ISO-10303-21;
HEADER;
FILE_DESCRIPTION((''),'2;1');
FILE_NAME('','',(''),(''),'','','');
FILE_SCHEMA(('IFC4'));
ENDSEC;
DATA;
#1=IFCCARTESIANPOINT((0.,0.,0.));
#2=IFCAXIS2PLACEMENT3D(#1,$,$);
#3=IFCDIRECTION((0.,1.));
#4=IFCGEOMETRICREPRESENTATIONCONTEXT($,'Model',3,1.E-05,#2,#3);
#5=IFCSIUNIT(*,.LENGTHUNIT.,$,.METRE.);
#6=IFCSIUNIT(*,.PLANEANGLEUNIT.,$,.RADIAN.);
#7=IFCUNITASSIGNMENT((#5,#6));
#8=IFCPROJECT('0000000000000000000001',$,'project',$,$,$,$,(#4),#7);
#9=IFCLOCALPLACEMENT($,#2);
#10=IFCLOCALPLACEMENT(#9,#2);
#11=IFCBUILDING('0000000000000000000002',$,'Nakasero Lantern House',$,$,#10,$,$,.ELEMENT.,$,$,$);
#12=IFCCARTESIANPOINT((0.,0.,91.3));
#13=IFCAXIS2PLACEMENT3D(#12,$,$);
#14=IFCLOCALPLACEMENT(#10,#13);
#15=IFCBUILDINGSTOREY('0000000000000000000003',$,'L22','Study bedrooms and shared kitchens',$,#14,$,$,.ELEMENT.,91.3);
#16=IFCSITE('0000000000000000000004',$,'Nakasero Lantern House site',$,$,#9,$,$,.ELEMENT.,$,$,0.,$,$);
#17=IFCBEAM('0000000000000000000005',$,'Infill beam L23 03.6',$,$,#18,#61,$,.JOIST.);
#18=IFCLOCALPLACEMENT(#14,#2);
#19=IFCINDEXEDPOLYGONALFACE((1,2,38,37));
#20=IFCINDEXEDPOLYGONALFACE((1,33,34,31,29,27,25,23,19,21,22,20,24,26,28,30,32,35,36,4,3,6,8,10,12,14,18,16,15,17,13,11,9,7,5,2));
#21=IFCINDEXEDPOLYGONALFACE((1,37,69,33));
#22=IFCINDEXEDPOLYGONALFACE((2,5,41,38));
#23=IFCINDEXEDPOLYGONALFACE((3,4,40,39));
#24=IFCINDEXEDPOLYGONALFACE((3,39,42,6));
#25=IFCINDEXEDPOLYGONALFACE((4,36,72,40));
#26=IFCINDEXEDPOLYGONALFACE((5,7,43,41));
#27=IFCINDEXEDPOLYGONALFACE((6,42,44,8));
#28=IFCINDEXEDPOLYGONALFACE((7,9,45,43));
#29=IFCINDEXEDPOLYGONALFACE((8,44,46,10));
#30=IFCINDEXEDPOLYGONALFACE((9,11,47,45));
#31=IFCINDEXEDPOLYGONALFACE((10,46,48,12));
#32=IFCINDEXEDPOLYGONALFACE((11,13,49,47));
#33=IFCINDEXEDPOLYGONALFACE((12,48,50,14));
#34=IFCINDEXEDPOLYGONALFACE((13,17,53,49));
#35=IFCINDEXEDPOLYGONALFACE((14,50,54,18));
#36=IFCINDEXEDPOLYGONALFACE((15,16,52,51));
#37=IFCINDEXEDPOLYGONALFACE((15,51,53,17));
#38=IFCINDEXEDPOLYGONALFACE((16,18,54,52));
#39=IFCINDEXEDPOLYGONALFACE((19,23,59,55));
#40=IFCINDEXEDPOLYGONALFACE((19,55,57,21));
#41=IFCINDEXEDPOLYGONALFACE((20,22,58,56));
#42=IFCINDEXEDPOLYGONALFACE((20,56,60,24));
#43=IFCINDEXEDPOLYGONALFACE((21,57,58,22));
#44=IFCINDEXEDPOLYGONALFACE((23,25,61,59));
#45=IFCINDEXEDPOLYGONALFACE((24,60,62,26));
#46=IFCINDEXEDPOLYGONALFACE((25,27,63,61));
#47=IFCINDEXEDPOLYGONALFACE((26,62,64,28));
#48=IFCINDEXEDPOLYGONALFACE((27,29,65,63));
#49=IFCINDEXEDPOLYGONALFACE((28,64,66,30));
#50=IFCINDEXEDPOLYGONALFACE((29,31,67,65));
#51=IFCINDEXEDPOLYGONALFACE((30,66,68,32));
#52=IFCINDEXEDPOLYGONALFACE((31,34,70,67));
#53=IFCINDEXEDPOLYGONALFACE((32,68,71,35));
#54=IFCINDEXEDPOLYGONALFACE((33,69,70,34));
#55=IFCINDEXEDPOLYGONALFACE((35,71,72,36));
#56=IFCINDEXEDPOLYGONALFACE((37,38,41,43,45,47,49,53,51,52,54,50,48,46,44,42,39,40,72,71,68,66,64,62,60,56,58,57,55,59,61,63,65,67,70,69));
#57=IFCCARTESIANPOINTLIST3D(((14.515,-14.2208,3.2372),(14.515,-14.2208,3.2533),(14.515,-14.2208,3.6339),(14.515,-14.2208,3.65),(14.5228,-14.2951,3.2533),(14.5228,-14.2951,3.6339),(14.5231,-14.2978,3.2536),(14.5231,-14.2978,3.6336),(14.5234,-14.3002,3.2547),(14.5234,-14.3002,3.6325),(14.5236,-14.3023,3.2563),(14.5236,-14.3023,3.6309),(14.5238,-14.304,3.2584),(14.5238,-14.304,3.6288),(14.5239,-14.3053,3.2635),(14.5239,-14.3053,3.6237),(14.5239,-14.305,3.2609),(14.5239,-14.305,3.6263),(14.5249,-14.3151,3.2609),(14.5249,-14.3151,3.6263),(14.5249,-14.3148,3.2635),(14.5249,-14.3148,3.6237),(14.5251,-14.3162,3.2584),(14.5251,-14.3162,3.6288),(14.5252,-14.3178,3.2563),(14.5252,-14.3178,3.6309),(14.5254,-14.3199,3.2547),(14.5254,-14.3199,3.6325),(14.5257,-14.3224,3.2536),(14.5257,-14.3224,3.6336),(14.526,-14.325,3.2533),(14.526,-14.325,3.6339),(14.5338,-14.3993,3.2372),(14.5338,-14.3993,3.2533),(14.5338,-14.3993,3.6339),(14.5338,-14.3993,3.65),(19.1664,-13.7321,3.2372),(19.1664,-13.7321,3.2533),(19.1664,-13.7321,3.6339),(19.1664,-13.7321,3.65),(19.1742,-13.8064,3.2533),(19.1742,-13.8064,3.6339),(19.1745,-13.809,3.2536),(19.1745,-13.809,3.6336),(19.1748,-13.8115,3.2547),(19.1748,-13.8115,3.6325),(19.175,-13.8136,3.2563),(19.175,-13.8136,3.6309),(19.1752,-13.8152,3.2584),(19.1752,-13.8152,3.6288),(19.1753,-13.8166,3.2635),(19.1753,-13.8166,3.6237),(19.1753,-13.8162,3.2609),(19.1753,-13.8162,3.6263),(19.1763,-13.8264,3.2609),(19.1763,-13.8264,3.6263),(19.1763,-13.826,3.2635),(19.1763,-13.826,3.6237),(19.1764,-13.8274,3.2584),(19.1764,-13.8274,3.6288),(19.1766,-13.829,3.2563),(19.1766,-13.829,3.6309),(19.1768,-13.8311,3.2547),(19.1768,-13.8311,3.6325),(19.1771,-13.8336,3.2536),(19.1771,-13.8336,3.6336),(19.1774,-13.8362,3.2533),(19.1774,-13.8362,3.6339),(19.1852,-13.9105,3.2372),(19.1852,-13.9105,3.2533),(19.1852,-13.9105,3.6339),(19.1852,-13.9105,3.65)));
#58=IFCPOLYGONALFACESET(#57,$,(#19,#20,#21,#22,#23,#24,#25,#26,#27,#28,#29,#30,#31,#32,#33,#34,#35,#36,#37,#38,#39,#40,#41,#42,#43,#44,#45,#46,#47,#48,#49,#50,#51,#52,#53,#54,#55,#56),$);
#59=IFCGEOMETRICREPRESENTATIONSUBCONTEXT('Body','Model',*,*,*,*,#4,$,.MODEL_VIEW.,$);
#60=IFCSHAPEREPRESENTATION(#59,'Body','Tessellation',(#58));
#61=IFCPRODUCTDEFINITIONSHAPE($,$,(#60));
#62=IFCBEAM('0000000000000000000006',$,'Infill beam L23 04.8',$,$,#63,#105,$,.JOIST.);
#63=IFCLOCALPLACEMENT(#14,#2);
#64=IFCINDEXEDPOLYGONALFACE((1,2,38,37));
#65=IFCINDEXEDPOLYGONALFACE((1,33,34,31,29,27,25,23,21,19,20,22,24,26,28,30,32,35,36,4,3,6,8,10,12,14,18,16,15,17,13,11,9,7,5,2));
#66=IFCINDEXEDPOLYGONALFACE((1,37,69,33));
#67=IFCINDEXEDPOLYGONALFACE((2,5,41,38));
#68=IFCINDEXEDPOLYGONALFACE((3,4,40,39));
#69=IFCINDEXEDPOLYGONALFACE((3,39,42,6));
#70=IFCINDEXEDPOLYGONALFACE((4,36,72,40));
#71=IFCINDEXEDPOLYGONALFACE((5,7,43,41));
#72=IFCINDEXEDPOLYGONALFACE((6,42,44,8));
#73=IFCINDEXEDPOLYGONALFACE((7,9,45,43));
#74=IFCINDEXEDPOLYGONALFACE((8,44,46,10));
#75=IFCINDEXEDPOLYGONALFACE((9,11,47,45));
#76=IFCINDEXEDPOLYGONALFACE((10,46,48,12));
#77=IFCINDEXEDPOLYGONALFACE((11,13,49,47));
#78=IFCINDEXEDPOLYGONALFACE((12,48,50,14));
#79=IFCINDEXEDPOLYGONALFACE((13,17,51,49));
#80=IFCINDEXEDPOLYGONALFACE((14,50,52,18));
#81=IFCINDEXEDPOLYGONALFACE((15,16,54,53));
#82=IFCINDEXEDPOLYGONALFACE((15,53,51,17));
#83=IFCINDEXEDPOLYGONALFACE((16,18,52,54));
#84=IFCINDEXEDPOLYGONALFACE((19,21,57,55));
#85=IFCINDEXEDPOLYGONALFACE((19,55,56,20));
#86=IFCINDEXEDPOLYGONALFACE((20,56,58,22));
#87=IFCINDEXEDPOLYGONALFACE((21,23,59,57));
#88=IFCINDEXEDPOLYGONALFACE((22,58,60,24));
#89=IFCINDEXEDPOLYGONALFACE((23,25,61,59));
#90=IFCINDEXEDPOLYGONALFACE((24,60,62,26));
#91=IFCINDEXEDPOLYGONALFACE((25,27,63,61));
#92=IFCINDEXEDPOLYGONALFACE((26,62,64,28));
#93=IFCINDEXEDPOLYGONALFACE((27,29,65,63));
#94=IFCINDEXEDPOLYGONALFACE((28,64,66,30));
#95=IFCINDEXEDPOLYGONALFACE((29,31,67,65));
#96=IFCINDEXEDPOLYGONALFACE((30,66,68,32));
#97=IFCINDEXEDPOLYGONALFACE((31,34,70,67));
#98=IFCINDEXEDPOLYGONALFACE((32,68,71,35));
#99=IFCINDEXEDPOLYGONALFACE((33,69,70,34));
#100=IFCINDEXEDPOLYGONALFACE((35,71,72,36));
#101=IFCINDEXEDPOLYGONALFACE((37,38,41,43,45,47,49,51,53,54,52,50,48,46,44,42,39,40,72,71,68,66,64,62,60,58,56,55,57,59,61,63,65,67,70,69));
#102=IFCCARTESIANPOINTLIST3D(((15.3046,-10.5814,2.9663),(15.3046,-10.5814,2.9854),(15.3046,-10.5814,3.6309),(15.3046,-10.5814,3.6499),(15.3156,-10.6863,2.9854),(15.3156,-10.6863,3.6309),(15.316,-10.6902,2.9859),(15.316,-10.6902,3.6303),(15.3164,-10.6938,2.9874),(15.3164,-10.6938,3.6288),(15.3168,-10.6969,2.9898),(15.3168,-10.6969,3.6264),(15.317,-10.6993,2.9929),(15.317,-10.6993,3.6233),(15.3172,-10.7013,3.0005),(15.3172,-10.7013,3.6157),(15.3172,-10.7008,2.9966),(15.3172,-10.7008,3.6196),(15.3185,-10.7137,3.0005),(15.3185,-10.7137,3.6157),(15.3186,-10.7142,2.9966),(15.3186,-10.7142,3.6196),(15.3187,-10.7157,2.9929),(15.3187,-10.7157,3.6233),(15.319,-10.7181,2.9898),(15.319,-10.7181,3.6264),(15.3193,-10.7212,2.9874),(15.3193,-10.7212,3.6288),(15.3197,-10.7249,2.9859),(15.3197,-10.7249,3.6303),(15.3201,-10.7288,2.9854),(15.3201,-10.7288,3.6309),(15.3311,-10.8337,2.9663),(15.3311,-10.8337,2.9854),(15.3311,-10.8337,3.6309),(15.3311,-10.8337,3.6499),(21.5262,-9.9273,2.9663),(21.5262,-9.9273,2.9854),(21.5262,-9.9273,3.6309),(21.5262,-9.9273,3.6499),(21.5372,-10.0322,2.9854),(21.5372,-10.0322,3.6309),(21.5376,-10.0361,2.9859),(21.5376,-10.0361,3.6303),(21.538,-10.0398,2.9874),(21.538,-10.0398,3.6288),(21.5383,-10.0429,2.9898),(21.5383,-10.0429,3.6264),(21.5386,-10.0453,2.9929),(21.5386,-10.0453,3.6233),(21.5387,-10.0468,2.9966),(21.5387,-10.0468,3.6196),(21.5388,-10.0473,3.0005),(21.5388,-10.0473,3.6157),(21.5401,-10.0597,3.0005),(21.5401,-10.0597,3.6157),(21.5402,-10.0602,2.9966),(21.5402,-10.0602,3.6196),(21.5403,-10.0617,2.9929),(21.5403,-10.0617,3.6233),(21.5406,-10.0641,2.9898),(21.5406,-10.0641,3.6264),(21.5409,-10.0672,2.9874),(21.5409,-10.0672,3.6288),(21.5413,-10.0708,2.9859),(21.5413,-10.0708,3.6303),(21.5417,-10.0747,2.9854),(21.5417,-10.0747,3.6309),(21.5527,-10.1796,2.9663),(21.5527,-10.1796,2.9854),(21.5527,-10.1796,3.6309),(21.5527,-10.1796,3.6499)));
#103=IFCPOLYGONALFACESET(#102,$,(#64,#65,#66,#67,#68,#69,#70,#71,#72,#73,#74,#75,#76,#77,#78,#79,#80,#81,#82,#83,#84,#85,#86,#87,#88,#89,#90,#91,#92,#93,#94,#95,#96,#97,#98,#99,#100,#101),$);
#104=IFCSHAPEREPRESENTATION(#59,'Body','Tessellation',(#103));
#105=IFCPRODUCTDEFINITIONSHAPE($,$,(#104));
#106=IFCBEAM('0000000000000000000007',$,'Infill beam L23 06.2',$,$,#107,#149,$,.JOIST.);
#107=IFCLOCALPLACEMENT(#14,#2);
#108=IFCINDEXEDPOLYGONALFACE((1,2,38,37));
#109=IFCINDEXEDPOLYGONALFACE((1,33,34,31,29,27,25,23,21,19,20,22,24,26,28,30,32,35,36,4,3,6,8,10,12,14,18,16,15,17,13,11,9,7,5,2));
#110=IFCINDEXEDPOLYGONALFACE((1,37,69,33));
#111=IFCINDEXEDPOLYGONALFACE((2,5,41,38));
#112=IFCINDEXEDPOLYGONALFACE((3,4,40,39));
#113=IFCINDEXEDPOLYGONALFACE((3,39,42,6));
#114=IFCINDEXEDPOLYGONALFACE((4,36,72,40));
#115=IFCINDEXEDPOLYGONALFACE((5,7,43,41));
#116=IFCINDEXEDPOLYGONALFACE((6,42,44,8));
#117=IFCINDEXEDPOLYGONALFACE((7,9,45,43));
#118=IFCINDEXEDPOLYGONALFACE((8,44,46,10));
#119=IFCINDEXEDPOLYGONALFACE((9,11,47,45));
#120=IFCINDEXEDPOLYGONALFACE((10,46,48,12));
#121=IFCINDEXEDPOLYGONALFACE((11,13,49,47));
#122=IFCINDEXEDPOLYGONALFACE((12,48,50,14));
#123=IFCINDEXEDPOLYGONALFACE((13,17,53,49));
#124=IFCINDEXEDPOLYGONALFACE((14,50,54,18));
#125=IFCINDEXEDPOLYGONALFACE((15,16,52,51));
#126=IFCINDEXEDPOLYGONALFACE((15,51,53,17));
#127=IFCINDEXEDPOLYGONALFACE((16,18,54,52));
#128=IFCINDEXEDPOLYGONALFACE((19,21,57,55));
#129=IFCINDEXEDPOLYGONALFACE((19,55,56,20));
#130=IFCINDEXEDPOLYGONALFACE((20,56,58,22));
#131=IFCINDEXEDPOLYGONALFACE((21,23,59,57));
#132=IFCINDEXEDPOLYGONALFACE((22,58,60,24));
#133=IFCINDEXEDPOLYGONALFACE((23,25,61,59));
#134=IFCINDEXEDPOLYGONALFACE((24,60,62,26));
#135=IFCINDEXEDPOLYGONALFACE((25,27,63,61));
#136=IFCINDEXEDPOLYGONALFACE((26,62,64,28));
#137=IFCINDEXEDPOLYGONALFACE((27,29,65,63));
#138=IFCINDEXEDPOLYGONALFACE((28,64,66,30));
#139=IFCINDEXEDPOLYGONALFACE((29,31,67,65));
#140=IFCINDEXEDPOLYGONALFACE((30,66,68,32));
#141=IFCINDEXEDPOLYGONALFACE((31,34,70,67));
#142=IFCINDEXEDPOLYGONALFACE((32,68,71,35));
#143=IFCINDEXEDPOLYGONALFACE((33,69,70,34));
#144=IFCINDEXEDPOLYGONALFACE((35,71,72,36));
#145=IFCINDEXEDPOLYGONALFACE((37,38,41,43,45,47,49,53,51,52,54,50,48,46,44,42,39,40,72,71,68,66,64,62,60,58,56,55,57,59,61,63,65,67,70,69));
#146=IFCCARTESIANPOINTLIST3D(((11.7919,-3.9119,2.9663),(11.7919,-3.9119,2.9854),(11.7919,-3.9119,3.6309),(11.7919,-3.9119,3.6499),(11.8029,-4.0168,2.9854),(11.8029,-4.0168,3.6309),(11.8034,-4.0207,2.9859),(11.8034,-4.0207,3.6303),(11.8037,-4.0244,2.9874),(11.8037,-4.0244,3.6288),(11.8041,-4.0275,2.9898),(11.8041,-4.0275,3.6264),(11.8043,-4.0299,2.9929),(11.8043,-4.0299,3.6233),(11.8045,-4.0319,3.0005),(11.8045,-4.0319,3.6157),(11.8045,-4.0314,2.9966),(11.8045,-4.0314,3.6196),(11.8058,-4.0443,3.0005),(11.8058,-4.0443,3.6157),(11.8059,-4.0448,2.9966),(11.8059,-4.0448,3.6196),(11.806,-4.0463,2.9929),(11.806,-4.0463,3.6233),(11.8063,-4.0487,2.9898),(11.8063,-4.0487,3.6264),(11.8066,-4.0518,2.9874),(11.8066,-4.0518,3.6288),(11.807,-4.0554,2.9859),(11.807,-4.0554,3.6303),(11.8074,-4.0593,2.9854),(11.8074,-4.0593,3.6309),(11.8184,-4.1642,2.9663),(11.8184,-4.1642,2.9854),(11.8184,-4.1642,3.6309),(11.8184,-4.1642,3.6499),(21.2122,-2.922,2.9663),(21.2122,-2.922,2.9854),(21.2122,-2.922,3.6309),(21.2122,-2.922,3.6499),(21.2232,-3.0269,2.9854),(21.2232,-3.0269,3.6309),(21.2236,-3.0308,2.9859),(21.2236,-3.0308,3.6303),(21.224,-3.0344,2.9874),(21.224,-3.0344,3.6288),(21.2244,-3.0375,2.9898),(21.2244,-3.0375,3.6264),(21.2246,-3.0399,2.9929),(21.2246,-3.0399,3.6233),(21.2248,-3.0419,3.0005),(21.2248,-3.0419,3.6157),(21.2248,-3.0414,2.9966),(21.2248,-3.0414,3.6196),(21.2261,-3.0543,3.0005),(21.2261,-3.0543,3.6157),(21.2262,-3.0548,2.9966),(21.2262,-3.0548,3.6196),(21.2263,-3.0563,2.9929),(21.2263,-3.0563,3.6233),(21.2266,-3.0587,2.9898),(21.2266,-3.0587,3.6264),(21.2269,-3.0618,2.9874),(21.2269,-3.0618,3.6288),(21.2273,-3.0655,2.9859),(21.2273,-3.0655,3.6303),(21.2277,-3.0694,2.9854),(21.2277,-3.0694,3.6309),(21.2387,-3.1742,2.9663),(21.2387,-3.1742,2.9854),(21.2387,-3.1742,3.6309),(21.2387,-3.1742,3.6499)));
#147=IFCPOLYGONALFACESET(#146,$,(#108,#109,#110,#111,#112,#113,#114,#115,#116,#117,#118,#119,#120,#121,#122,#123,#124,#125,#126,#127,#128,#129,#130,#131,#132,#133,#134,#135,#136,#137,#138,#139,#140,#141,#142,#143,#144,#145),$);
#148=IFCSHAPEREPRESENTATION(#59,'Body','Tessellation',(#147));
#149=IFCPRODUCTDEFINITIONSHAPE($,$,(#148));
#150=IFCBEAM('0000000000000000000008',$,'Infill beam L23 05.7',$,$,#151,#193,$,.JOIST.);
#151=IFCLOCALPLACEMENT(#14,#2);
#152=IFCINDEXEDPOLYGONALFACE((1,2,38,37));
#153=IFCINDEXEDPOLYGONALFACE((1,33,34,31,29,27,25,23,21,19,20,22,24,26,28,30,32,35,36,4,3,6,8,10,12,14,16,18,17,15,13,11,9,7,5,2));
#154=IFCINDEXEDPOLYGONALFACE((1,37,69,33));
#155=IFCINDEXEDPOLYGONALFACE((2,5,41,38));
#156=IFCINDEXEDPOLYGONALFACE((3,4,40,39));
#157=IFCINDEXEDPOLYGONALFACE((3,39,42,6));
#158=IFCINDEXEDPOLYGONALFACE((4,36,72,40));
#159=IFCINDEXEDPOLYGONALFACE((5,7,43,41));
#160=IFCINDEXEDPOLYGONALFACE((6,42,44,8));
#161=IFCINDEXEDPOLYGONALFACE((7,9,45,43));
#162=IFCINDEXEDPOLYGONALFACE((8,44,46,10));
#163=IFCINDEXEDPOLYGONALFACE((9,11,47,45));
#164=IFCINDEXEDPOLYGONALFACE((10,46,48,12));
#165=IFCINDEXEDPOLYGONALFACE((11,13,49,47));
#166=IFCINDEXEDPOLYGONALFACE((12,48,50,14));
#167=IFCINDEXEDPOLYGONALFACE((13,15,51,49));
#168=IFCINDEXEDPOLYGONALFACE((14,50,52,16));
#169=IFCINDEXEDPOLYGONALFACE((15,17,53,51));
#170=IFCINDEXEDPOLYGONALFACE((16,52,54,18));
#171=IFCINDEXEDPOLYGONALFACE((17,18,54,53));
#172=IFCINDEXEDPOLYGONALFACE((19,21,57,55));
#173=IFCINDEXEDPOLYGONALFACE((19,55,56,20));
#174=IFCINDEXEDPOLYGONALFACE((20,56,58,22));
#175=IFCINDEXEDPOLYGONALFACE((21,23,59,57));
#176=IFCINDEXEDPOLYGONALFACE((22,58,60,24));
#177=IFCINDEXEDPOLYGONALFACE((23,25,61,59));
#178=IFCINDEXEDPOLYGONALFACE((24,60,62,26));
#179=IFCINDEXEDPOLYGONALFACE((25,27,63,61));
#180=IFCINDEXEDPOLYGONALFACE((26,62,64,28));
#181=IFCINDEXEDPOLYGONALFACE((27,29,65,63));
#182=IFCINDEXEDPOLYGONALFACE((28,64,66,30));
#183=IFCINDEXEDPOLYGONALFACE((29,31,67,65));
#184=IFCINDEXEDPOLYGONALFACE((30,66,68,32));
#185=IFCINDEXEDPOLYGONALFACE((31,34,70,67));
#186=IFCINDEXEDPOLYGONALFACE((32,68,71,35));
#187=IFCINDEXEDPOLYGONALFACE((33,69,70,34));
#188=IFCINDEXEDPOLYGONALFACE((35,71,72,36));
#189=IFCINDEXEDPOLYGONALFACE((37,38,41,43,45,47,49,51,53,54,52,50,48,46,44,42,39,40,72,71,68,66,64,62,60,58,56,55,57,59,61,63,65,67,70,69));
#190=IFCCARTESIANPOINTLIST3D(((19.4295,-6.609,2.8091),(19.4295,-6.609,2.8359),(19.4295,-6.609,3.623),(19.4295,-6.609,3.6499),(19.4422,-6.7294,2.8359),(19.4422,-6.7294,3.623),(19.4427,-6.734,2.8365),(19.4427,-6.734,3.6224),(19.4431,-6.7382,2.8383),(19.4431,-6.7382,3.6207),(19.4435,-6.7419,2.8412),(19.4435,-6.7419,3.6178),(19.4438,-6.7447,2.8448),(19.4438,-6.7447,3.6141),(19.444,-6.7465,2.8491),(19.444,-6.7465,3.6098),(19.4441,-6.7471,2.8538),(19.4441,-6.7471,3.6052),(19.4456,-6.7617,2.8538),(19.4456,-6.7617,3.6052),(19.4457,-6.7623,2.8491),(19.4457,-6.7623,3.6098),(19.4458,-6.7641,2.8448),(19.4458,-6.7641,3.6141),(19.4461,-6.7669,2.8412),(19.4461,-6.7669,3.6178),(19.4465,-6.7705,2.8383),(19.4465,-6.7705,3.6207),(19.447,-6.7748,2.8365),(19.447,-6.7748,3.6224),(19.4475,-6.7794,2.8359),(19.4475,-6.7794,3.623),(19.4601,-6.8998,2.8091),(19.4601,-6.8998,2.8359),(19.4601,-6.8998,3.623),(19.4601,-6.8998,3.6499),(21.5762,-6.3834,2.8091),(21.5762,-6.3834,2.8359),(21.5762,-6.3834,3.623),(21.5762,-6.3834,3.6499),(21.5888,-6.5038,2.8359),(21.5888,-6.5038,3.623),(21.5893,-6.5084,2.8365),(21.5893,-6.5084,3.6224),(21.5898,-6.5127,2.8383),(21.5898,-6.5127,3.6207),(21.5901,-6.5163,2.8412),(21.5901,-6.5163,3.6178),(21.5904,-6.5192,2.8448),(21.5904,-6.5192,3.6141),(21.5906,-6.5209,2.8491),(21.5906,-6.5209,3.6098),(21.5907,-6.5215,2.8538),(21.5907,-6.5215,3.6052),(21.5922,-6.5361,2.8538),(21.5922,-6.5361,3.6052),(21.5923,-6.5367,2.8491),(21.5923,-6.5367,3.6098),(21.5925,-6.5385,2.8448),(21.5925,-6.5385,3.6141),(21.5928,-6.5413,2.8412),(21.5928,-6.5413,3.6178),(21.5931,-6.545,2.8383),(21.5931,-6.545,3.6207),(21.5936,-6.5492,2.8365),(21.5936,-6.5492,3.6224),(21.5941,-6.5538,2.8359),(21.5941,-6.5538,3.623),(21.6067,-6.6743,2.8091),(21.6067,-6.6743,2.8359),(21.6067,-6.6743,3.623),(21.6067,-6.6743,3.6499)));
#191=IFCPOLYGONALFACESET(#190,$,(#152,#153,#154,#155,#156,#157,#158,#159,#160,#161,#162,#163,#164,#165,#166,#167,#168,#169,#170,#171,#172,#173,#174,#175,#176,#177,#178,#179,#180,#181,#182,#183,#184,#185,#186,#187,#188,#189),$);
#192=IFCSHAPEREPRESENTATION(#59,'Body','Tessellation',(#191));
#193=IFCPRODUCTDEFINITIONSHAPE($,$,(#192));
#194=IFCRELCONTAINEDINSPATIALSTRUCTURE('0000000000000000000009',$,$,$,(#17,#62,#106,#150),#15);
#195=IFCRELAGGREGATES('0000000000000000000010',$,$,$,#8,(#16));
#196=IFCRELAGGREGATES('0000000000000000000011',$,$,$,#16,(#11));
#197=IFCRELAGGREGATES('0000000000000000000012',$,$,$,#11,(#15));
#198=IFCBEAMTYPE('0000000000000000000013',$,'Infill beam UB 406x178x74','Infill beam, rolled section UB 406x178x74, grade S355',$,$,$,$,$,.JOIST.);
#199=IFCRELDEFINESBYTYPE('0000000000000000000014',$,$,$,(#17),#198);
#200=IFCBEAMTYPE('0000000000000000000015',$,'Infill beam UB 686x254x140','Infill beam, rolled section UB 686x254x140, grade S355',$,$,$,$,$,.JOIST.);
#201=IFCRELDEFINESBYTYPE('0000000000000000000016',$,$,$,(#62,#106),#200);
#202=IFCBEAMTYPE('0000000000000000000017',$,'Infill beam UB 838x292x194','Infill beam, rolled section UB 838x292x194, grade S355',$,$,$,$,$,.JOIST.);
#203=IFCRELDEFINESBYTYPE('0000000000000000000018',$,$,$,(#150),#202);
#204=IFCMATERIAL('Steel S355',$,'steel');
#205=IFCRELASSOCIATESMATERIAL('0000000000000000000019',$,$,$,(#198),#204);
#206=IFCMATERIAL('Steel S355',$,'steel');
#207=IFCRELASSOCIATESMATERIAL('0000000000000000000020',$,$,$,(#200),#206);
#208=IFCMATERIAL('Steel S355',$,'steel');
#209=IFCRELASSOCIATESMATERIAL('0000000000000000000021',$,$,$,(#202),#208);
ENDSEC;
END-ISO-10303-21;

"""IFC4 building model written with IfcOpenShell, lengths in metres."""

from ifc_helpers import new_model, si_unit, direction, frame, origin, origin_2d, place, context, subcontext, project, spatial, i_section, extrude, material, material_profile, profile_set, type_object, element, save


model = new_model("IFC4")

# Units and contexts
model_context = context("Model", 3, precision=1e-05, world=origin(), true_north=direction((0.0, 1.0)))
body_context = subcontext(model_context, "Body", "Model", "MODEL_VIEW")
ifc_project = project(units=[si_unit("LENGTHUNIT", "METRE"), si_unit("PLANEANGLEUNIT", "RADIAN")], contexts=[model_context])

# Site, building, storey
site_placement = place(None, origin())
site = spatial("IfcSite", under=ifc_project, at=site_placement, Name="Nakasero Lantern House site", CompositionType="ELEMENT", RefElevation=0.0)
building_placement = place(site_placement, origin())
building = spatial("IfcBuilding", under=site, at=building_placement, Name="Nakasero Lantern House", CompositionType="ELEMENT")
storey_placement = place(building_placement, frame((0.0, 0.0, 91.3)))
storey = spatial("IfcBuildingStorey", under=building, at=storey_placement, Name="L22", Description="Study bedrooms and shared kitchens", CompositionType="ELEMENT", Elevation=91.3)

# Beams
ifc_material_1 = material(Name="Steel S355", Category="steel")
ifc_material_profile_1 = material_profile(ifc_material_1, i_section(OverallWidth=0.1794, OverallDepth=0.4128, WebThickness=0.0095, FlangeThickness=0.0161, FilletRadius=0.0103, at=origin_2d()), Name="UB 406x178x74")
ifc_profile_set_1 = profile_set([ifc_material_profile_1], Name="Steel S355")
beam_type_1 = type_object("IfcBeamType", Name="Infill beam UB 406x178x74", Description="Infill beam, rolled section UB 406x178x74, grade S355", PredefinedType="JOIST", material=ifc_profile_set_1)
beam_1_placement = place(storey_placement, frame((14.5244, -14.3101, 3.4436), z_axis=(0.994524, 0.104505, 0.0), x_axis=(-0.104505, 0.994524, 0.0)))
element("IfcBeam", 1, at=beam_1_placement, inside=storey, type_object=beam_type_1, Name="Infill beam L23 03.6", PredefinedType="JOIST", context=body_context, shape_type="SweptSolid", body=[
    extrude(i_section(OverallWidth=0.1794, OverallDepth=0.4128, WebThickness=0.0095, FlangeThickness=0.0161, FilletRadius=0.0103, at=origin_2d()), origin(), (0.0, 0.0, 1.0), 4.677),
])
ifc_material_2 = material(Name="Steel S355", Category="steel")
ifc_material_profile_2 = material_profile(ifc_material_2, i_section(OverallWidth=0.2537, OverallDepth=0.6836, WebThickness=0.0125, FlangeThickness=0.019, FilletRadius=0.0151, at=origin_2d()), Name="UB 686x254x140")
ifc_profile_set_2 = profile_set([ifc_material_profile_2], Name="Steel S355")
beam_type_2 = type_object("IfcBeamType", Name="Infill beam UB 686x254x140", Description="Infill beam, rolled section UB 686x254x140, grade S355", PredefinedType="JOIST", material=ifc_profile_set_2)
beam_2_placement = place(storey_placement, frame((15.3179, -10.7075, 3.3081), z_axis=(0.99452, 0.104549, 0.0), x_axis=(-0.104549, 0.99452, 0.0)))
element("IfcBeam", 2, at=beam_2_placement, inside=storey, type_object=beam_type_2, Name="Infill beam L23 04.8", PredefinedType="JOIST", context=body_context, shape_type="SweptSolid", body=[
    extrude(i_section(OverallWidth=0.2537, OverallDepth=0.6836, WebThickness=0.0125, FlangeThickness=0.019, FilletRadius=0.0151, at=origin_2d()), origin(), (0.0, 0.0, 1.0), 6.2559),
])
beam_3_placement = place(storey_placement, frame((11.8052, -4.0381, 3.3081), z_axis=(0.994523, 0.104514, 0.0), x_axis=(-0.104514, 0.994523, 0.0)))
element("IfcBeam", 3, at=beam_3_placement, inside=storey, type_object=beam_type_2, Name="Infill beam L23 06.2", PredefinedType="JOIST", context=body_context, shape_type="SweptSolid", body=[
    extrude(i_section(OverallWidth=0.2537, OverallDepth=0.6836, WebThickness=0.0125, FlangeThickness=0.019, FilletRadius=0.0151, at=origin_2d()), origin(), (0.0, 0.0, 1.0), 9.4722),
])
ifc_material_3 = material(Name="Steel S355", Category="steel")
ifc_material_profile_3 = material_profile(ifc_material_3, i_section(OverallWidth=0.2925, OverallDepth=0.8408, WebThickness=0.0146, FlangeThickness=0.0269, FilletRadius=0.0178, at=origin_2d()), Name="UB 838x292x194")
ifc_profile_set_3 = profile_set([ifc_material_profile_3], Name="Steel S355")
beam_type_3 = type_object("IfcBeamType", Name="Infill beam UB 838x292x194", Description="Infill beam, rolled section UB 838x292x194, grade S355", PredefinedType="JOIST", material=ifc_profile_set_3)
beam_4_placement = place(storey_placement, frame((19.4448, -6.7544, 3.2295), z_axis=(0.994524, 0.104508, 0.0), x_axis=(-0.104508, 0.994524, 0.0)))
element("IfcBeam", 4, at=beam_4_placement, inside=storey, type_object=beam_type_3, Name="Infill beam L23 05.7", PredefinedType="JOIST", context=body_context, shape_type="SweptSolid", body=[
    extrude(i_section(OverallWidth=0.2925, OverallDepth=0.8408, WebThickness=0.0146, FlangeThickness=0.0269, FilletRadius=0.0178, at=origin_2d()), origin(), (0.0, 0.0, 1.0), 2.1584),
])

save(model, "model.ifc")
